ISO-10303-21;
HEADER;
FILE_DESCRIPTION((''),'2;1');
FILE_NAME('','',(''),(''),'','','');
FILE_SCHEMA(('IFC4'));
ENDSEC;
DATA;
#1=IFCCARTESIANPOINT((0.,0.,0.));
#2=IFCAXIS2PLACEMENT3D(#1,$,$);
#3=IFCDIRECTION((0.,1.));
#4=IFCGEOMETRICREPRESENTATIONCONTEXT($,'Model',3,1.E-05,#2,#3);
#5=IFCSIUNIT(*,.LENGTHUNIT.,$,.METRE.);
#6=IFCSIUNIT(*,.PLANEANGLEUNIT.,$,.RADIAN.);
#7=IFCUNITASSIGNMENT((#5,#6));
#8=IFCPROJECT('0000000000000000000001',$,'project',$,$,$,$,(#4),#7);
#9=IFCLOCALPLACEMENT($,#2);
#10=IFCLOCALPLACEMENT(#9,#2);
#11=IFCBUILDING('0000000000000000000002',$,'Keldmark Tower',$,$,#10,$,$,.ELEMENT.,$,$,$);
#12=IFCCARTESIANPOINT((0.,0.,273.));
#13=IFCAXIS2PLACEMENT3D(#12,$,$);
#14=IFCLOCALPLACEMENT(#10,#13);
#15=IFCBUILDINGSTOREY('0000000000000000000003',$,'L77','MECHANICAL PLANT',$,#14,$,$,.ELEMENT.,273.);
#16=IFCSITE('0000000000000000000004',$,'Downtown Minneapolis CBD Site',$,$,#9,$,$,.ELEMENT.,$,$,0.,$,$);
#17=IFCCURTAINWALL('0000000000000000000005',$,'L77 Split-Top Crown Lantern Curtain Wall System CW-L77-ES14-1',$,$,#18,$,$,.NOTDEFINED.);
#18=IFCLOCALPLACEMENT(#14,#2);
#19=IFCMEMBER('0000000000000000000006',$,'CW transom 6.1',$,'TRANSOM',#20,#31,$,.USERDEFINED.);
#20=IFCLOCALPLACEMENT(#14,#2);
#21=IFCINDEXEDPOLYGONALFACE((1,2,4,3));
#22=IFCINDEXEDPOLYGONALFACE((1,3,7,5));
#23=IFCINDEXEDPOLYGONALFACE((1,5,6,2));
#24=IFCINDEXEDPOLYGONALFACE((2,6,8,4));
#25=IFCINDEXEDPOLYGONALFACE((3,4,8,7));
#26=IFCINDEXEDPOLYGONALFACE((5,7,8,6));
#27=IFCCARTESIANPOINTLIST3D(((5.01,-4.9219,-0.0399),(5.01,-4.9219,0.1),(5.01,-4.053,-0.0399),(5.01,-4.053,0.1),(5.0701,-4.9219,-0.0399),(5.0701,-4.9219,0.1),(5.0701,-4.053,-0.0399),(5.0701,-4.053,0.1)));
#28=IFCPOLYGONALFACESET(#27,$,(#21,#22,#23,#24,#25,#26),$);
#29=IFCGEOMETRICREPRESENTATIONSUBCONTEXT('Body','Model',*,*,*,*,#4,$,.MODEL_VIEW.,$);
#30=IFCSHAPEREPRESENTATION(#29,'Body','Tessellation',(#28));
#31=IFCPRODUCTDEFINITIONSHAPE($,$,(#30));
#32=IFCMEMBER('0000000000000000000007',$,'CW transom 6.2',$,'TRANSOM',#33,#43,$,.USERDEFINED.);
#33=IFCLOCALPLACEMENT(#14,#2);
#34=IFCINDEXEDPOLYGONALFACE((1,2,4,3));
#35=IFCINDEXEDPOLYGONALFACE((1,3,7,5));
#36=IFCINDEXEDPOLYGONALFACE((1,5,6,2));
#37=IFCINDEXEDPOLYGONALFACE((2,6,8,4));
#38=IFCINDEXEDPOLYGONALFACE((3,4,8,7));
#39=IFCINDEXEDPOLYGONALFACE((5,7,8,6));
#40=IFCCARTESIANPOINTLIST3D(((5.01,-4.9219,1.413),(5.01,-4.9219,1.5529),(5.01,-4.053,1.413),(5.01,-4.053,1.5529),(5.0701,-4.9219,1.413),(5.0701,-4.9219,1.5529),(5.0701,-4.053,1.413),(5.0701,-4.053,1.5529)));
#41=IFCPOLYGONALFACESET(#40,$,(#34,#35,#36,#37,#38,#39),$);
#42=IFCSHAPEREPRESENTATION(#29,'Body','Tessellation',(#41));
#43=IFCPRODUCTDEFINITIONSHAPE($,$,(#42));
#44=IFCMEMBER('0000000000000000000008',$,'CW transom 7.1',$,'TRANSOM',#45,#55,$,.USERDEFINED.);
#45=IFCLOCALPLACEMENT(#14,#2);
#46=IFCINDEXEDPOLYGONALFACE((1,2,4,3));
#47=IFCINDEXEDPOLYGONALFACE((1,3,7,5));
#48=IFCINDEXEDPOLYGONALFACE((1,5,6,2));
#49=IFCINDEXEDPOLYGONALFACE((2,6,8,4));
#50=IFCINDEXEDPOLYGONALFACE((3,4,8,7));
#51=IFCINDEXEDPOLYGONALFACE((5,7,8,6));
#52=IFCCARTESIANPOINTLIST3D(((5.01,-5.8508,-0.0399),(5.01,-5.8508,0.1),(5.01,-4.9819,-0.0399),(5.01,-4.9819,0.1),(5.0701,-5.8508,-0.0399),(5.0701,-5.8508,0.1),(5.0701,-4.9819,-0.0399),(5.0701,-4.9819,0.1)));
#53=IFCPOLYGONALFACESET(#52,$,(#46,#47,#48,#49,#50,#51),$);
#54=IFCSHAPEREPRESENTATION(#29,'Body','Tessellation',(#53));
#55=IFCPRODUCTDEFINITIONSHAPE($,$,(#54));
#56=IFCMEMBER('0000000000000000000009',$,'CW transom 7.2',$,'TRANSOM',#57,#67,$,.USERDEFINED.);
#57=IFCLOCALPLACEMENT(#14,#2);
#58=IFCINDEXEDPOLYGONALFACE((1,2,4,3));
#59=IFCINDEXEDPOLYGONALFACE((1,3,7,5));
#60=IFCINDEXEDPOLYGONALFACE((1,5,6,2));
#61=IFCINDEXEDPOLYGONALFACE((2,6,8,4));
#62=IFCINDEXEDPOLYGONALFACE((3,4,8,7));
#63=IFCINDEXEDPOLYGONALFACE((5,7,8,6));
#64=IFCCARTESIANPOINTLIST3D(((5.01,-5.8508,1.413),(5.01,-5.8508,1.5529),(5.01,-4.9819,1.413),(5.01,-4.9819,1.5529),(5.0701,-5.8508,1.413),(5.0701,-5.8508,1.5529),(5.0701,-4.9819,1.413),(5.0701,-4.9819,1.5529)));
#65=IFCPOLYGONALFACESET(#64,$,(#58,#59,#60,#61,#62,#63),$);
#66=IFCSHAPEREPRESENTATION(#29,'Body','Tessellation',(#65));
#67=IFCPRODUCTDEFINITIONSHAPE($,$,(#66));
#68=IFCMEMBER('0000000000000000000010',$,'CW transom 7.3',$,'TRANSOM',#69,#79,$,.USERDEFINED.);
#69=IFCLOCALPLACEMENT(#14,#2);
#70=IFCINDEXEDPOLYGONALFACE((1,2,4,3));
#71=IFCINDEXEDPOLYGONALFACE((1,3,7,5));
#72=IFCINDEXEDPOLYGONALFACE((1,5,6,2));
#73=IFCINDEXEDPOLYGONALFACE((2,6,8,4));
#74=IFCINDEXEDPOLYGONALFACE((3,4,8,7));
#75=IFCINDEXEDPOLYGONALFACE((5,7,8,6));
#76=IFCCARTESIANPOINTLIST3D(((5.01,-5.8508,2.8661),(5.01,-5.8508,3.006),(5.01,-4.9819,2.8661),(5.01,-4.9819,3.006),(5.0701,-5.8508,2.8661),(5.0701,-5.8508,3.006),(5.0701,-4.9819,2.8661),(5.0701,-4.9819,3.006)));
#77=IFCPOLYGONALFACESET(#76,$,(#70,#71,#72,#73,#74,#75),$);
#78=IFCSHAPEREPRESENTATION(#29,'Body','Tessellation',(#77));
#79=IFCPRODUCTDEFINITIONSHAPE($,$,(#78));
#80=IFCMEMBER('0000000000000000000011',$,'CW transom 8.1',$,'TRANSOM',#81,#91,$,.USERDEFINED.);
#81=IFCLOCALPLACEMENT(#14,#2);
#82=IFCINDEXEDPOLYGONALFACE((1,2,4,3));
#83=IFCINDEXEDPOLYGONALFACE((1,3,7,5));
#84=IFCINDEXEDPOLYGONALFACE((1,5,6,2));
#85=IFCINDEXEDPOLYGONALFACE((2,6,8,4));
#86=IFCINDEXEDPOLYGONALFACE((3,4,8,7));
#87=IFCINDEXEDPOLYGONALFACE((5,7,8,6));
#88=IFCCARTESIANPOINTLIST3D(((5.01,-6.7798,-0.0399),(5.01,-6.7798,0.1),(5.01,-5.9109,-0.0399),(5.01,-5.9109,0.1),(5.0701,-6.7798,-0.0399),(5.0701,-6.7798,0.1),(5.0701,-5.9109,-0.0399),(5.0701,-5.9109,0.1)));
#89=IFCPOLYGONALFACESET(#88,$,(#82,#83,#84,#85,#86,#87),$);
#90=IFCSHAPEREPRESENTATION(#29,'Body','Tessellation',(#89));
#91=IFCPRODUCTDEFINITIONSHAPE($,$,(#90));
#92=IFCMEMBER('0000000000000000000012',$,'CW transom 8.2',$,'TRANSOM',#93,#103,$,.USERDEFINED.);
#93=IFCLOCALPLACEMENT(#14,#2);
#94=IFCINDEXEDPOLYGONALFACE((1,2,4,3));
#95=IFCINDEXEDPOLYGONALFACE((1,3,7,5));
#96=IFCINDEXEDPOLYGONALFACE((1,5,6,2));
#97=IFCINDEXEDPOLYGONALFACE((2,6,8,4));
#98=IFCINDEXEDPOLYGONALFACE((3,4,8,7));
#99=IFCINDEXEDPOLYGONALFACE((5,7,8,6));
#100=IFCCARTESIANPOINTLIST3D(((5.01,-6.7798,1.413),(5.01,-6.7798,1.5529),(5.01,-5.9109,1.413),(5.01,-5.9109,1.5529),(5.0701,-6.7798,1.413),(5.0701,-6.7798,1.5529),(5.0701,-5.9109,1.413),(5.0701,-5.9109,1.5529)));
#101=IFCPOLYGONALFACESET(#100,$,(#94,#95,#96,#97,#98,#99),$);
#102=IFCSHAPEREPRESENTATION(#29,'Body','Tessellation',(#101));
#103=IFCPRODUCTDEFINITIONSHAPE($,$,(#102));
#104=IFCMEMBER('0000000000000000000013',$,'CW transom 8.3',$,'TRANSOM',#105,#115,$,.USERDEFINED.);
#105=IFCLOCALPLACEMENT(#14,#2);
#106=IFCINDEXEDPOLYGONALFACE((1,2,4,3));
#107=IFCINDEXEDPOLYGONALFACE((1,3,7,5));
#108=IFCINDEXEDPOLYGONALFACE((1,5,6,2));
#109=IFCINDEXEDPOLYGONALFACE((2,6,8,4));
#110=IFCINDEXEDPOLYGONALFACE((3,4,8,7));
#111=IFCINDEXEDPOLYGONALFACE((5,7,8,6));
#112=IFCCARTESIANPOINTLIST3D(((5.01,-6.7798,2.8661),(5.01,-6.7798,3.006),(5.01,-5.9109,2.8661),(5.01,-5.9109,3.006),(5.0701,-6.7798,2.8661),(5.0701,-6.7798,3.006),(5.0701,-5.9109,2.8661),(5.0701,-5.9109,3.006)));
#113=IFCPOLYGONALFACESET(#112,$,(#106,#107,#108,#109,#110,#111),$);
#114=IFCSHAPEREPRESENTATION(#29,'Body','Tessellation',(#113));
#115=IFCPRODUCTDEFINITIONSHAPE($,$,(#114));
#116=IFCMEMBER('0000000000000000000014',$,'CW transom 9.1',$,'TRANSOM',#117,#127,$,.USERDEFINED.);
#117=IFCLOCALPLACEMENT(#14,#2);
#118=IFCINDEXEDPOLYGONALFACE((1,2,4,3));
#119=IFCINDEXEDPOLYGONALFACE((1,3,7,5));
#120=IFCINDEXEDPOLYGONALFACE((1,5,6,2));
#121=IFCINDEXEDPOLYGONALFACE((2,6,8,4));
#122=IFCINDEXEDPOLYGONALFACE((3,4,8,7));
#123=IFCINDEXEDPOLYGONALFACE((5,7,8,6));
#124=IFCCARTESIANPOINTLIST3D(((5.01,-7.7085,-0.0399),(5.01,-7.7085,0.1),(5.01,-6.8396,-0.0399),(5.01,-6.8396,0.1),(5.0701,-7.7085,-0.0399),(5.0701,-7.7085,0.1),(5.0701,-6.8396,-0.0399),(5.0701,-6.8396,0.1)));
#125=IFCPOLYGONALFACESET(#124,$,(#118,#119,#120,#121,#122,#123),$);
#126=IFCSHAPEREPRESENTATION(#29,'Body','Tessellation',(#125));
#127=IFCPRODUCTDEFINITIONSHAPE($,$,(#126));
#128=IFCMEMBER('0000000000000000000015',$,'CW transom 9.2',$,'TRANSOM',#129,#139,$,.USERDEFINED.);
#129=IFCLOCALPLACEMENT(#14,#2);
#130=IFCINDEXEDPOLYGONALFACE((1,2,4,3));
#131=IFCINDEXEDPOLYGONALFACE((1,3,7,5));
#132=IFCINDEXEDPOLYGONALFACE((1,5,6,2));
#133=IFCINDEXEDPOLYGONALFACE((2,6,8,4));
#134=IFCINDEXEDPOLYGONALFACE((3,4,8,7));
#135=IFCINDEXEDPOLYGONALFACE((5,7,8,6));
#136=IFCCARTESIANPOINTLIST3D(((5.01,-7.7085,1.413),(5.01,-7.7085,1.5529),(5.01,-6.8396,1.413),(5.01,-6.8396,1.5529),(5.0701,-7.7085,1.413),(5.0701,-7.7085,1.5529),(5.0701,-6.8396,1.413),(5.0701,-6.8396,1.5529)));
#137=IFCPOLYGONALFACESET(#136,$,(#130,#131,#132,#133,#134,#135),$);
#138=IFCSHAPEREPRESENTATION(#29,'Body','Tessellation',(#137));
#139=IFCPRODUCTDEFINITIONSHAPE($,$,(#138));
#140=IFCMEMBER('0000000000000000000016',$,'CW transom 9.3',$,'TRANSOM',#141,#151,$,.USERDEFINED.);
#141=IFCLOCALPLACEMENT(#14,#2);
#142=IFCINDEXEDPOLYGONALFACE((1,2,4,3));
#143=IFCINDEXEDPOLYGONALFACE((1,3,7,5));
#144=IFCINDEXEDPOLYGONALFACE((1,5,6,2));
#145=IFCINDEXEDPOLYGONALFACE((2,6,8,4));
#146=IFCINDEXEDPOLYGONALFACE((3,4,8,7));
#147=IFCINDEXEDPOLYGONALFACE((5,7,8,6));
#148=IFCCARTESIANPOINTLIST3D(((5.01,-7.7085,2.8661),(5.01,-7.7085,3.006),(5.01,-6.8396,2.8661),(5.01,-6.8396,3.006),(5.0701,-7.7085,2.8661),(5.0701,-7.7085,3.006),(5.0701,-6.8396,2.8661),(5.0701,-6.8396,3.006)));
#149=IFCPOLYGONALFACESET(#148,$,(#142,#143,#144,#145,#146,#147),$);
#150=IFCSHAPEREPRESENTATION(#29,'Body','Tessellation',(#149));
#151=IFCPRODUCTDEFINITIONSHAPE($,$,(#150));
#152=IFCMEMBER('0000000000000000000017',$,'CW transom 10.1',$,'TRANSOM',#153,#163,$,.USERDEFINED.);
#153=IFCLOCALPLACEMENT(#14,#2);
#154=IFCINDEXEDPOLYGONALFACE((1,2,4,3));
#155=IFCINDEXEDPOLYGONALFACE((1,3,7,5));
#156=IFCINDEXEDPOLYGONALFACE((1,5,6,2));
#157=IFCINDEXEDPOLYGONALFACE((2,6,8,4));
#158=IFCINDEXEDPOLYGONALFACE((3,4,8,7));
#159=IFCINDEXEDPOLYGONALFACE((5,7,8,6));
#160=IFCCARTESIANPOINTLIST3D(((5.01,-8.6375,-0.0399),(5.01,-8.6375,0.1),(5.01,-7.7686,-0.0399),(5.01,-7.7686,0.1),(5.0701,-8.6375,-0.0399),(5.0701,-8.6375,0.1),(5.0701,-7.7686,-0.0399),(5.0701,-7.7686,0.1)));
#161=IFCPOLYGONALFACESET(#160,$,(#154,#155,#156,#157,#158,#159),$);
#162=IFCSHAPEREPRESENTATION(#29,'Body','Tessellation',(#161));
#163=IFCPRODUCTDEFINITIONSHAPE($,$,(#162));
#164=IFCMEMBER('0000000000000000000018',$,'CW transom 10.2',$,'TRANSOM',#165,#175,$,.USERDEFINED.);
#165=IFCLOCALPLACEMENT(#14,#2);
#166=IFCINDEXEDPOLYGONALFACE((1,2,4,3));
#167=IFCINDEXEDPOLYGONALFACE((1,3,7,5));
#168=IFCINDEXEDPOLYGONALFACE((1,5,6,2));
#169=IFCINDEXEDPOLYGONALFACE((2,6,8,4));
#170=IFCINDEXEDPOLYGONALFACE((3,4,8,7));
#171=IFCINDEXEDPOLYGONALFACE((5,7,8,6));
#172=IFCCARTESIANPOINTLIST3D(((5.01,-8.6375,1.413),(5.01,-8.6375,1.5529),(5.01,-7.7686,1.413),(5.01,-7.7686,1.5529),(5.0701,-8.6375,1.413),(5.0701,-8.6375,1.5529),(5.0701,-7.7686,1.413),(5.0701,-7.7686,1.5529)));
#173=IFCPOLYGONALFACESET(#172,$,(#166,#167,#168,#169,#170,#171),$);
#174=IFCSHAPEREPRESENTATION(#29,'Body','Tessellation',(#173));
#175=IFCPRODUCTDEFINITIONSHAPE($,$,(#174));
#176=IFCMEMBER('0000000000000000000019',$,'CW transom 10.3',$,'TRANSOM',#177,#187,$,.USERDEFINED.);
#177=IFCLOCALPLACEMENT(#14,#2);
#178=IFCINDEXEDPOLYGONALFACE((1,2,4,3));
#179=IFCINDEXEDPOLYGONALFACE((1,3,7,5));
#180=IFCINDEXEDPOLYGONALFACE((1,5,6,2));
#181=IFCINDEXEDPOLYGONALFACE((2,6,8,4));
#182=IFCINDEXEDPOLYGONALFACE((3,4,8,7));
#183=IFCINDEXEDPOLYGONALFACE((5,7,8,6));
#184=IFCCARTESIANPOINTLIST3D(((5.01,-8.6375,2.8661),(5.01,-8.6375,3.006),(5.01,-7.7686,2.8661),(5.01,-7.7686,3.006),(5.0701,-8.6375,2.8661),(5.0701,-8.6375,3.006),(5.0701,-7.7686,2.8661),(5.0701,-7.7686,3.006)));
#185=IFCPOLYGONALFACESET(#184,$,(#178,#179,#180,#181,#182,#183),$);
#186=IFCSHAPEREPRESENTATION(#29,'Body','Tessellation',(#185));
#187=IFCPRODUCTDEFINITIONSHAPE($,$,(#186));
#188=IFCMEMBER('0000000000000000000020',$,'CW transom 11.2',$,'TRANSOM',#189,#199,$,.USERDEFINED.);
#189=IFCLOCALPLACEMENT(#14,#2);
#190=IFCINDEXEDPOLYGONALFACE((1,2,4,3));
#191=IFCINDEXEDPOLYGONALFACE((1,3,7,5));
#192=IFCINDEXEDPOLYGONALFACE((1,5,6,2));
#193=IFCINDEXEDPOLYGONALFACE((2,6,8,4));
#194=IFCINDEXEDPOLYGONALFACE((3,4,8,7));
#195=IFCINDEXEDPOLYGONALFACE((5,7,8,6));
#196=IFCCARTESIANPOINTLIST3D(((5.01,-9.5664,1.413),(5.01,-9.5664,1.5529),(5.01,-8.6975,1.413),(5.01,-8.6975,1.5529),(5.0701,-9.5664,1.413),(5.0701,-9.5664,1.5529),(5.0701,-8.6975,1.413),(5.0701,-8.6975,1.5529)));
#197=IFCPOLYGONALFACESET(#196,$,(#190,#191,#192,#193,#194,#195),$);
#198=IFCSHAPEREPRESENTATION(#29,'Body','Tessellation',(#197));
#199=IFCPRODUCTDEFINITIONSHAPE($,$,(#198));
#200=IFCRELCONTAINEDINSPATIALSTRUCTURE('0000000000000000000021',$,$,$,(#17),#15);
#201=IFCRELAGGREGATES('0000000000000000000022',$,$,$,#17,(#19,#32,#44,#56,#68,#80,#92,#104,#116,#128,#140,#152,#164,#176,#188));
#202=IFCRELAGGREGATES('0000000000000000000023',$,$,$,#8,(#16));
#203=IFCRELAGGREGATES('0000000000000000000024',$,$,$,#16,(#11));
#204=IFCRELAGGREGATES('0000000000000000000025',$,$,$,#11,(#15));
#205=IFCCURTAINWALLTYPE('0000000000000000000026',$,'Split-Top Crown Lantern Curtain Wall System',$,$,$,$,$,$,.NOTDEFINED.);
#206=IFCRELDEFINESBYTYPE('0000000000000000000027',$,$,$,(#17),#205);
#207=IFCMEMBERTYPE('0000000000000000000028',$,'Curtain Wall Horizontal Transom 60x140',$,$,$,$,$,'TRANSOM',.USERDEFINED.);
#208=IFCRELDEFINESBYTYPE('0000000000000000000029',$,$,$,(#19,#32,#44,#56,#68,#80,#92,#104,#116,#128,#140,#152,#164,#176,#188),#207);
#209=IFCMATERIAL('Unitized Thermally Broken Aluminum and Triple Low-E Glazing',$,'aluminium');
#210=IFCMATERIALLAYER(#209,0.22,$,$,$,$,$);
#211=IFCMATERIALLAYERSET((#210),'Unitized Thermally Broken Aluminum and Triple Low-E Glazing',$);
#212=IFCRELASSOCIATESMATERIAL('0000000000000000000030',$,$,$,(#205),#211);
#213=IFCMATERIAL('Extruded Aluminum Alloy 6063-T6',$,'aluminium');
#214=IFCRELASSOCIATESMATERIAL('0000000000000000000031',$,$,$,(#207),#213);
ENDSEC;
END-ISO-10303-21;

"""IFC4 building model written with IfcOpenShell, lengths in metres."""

from ifc_helpers import new_model, si_unit, direction, frame, origin, origin_2d, place, context, subcontext, project, spatial, rectangle, extrude, material, layer, layer_set, material_profile, profile_set, type_object, element, aggregate, save


model = new_model("IFC4")

# Units and contexts
model_context = context("Model", 3, precision=1e-05, world=origin(), true_north=direction((0.0, 1.0)))
body_context = subcontext(model_context, "Body", "Model", "MODEL_VIEW")
ifc_project = project(units=[si_unit("LENGTHUNIT", "METRE"), si_unit("PLANEANGLEUNIT", "RADIAN")], contexts=[model_context])

# Site, building, storey
site_placement = place(None, origin())
site = spatial("IfcSite", under=ifc_project, at=site_placement, Name="Downtown Minneapolis CBD Site", CompositionType="ELEMENT", RefElevation=0.0)
building_placement = place(site_placement, origin())
building = spatial("IfcBuilding", under=site, at=building_placement, Name="Keldmark Tower", CompositionType="ELEMENT")
storey_placement = place(building_placement, frame((0.0, 0.0, 273.0)))
storey = spatial("IfcBuildingStorey", under=building, at=storey_placement, Name="L77", Description="MECHANICAL PLANT", CompositionType="ELEMENT", Elevation=273.0)

# Curtain wall, members
ifc_material_1 = material(Name="Unitized Thermally Broken Aluminum and Triple Low-E Glazing", Category="aluminium")
ifc_layer_1 = layer(ifc_material_1, 0.22)
ifc_layer_set_1 = layer_set([ifc_layer_1], Name="Unitized Thermally Broken Aluminum and Triple Low-E Glazing")
curtain_wall_type = type_object("IfcCurtainWallType", Name="Split-Top Crown Lantern Curtain Wall System", PredefinedType="NOTDEFINED", material=ifc_layer_set_1)
curtain_wall_placement = place(storey_placement, origin())
curtain_wall = element("IfcCurtainWall", 1, at=curtain_wall_placement, inside=storey, type_object=curtain_wall_type, Name="L77 Split-Top Crown Lantern Curtain Wall System CW-L77-ES14-1", PredefinedType="NOTDEFINED")
ifc_material_2 = material(Name="Extruded Aluminum Alloy 6063-T6", Category="aluminium")
ifc_material_profile_1 = material_profile(ifc_material_2, rectangle(XDim=0.0601, YDim=0.1399, at=origin_2d()), Name="CWT60X140")
ifc_profile_set_1 = profile_set([ifc_material_profile_1], Name="Extruded Aluminum Alloy 6063-T6")
member_type_1 = type_object("IfcMemberType", Name="Curtain Wall Horizontal Transom 60x140", ElementType="TRANSOM", PredefinedType="USERDEFINED", material=ifc_profile_set_1)
member_1_placement = place(storey_placement, frame((5.04, -4.053, 0.03), z_axis=(0.0, -1.0, 0.0), x_axis=(1.0, 0.0, 0.0)))
member_1 = element("IfcMember", 2, at=member_1_placement, type_object=member_type_1, Name="CW transom 6.1", ObjectType="TRANSOM", PredefinedType="USERDEFINED", context=body_context, shape_type="SweptSolid", body=[
    extrude(rectangle(XDim=0.0601, YDim=0.1399, at=origin_2d()), origin(), (0.0, 0.0, 1.0), 0.8689),
])
member_2_placement = place(storey_placement, frame((5.04, -4.053, 1.4829), z_axis=(0.0, -1.0, 0.0), x_axis=(1.0, 0.0, 0.0)))
member_2 = element("IfcMember", 3, at=member_2_placement, type_object=member_type_1, Name="CW transom 6.2", ObjectType="TRANSOM", PredefinedType="USERDEFINED", context=body_context, shape_type="SweptSolid", body=[
    extrude(rectangle(XDim=0.0601, YDim=0.1399, at=origin_2d()), origin(), (0.0, 0.0, 1.0), 0.8689),
])
member_3_placement = place(storey_placement, frame((5.04, -4.9819, 0.03), z_axis=(0.0, -1.0, 0.0), x_axis=(1.0, 0.0, 0.0)))
member_3 = element("IfcMember", 4, at=member_3_placement, type_object=member_type_1, Name="CW transom 7.1", ObjectType="TRANSOM", PredefinedType="USERDEFINED", context=body_context, shape_type="SweptSolid", body=[
    extrude(rectangle(XDim=0.0601, YDim=0.1399, at=origin_2d()), origin(), (0.0, 0.0, 1.0), 0.8689),
])
member_4_placement = place(storey_placement, frame((5.04, -4.9819, 1.4829), z_axis=(0.0, -1.0, 0.0), x_axis=(1.0, 0.0, 0.0)))
member_4 = element("IfcMember", 5, at=member_4_placement, type_object=member_type_1, Name="CW transom 7.2", ObjectType="TRANSOM", PredefinedType="USERDEFINED", context=body_context, shape_type="SweptSolid", body=[
    extrude(rectangle(XDim=0.0601, YDim=0.1399, at=origin_2d()), origin(), (0.0, 0.0, 1.0), 0.8689),
])
member_5_placement = place(storey_placement, frame((5.04, -4.9819, 2.936), z_axis=(0.0, -1.0, 0.0), x_axis=(1.0, 0.0, 0.0)))
member_5 = element("IfcMember", 6, at=member_5_placement, type_object=member_type_1, Name="CW transom 7.3", ObjectType="TRANSOM", PredefinedType="USERDEFINED", context=body_context, shape_type="SweptSolid", body=[
    extrude(rectangle(XDim=0.0601, YDim=0.1399, at=origin_2d()), origin(), (0.0, 0.0, 1.0), 0.8689),
])
member_6_placement = place(storey_placement, frame((5.04, -5.9109, 0.03), z_axis=(0.0, -1.0, 0.0), x_axis=(1.0, 0.0, 0.0)))
member_6 = element("IfcMember", 7, at=member_6_placement, type_object=member_type_1, Name="CW transom 8.1", ObjectType="TRANSOM", PredefinedType="USERDEFINED", context=body_context, shape_type="SweptSolid", body=[
    extrude(rectangle(XDim=0.0601, YDim=0.1399, at=origin_2d()), origin(), (0.0, 0.0, 1.0), 0.8689),
])
member_7_placement = place(storey_placement, frame((5.04, -5.9109, 1.4829), z_axis=(0.0, -1.0, 0.0), x_axis=(1.0, 0.0, 0.0)))
member_7 = element("IfcMember", 8, at=member_7_placement, type_object=member_type_1, Name="CW transom 8.2", ObjectType="TRANSOM", PredefinedType="USERDEFINED", context=body_context, shape_type="SweptSolid", body=[
    extrude(rectangle(XDim=0.0601, YDim=0.1399, at=origin_2d()), origin(), (0.0, 0.0, 1.0), 0.8689),
])
member_8_placement = place(storey_placement, frame((5.04, -5.9109, 2.936), z_axis=(0.0, -1.0, 0.0), x_axis=(1.0, 0.0, 0.0)))
member_8 = element("IfcMember", 9, at=member_8_placement, type_object=member_type_1, Name="CW transom 8.3", ObjectType="TRANSOM", PredefinedType="USERDEFINED", context=body_context, shape_type="SweptSolid", body=[
    extrude(rectangle(XDim=0.0601, YDim=0.1399, at=origin_2d()), origin(), (0.0, 0.0, 1.0), 0.8689),
])
member_9_placement = place(storey_placement, frame((5.04, -6.8396, 0.03), z_axis=(0.0, -1.0, 0.0), x_axis=(1.0, 0.0, 0.0)))
member_9 = element("IfcMember", 10, at=member_9_placement, type_object=member_type_1, Name="CW transom 9.1", ObjectType="TRANSOM", PredefinedType="USERDEFINED", context=body_context, shape_type="SweptSolid", body=[
    extrude(rectangle(XDim=0.0601, YDim=0.1399, at=origin_2d()), origin(), (0.0, 0.0, 1.0), 0.8689),
])
member_10_placement = place(storey_placement, frame((5.04, -6.8396, 1.4829), z_axis=(0.0, -1.0, 0.0), x_axis=(1.0, 0.0, 0.0)))
member_10 = element("IfcMember", 11, at=member_10_placement, type_object=member_type_1, Name="CW transom 9.2", ObjectType="TRANSOM", PredefinedType="USERDEFINED", context=body_context, shape_type="SweptSolid", body=[
    extrude(rectangle(XDim=0.0601, YDim=0.1399, at=origin_2d()), origin(), (0.0, 0.0, 1.0), 0.8689),
])
member_11_placement = place(storey_placement, frame((5.04, -6.8396, 2.936), z_axis=(0.0, -1.0, 0.0), x_axis=(1.0, 0.0, 0.0)))
member_11 = element("IfcMember", 12, at=member_11_placement, type_object=member_type_1, Name="CW transom 9.3", ObjectType="TRANSOM", PredefinedType="USERDEFINED", context=body_context, shape_type="SweptSolid", body=[
    extrude(rectangle(XDim=0.0601, YDim=0.1399, at=origin_2d()), origin(), (0.0, 0.0, 1.0), 0.8689),
])
member_12_placement = place(storey_placement, frame((5.04, -7.7686, 0.03), z_axis=(0.0, -1.0, 0.0), x_axis=(1.0, 0.0, 0.0)))
member_12 = element("IfcMember", 13, at=member_12_placement, type_object=member_type_1, Name="CW transom 10.1", ObjectType="TRANSOM", PredefinedType="USERDEFINED", context=body_context, shape_type="SweptSolid", body=[
    extrude(rectangle(XDim=0.0601, YDim=0.1399, at=origin_2d()), origin(), (0.0, 0.0, 1.0), 0.8689),
])
member_13_placement = place(storey_placement, frame((5.04, -7.7686, 1.4829), z_axis=(0.0, -1.0, 0.0), x_axis=(1.0, 0.0, 0.0)))
member_13 = element("IfcMember", 14, at=member_13_placement, type_object=member_type_1, Name="CW transom 10.2", ObjectType="TRANSOM", PredefinedType="USERDEFINED", context=body_context, shape_type="SweptSolid", body=[
    extrude(rectangle(XDim=0.0601, YDim=0.1399, at=origin_2d()), origin(), (0.0, 0.0, 1.0), 0.8689),
])
member_14_placement = place(storey_placement, frame((5.04, -7.7686, 2.936), z_axis=(0.0, -1.0, 0.0), x_axis=(1.0, 0.0, 0.0)))
member_14 = element("IfcMember", 15, at=member_14_placement, type_object=member_type_1, Name="CW transom 10.3", ObjectType="TRANSOM", PredefinedType="USERDEFINED", context=body_context, shape_type="SweptSolid", body=[
    extrude(rectangle(XDim=0.0601, YDim=0.1399, at=origin_2d()), origin(), (0.0, 0.0, 1.0), 0.8689),
])
member_15_placement = place(storey_placement, frame((5.04, -8.6975, 1.4829), z_axis=(0.0, -1.0, 0.0), x_axis=(1.0, 0.0, 0.0)))
member_15 = element("IfcMember", 16, at=member_15_placement, type_object=member_type_1, Name="CW transom 11.2", ObjectType="TRANSOM", PredefinedType="USERDEFINED", context=body_context, shape_type="SweptSolid", body=[
    extrude(rectangle(XDim=0.0601, YDim=0.1399, at=origin_2d()), origin(), (0.0, 0.0, 1.0), 0.8689),
])
aggregate(curtain_wall, [member_1, member_2, member_3, member_4, member_5, member_6, member_7, member_8, member_9, member_10, member_11, member_12, member_13, member_14, member_15])

save(model, "model.ifc")
